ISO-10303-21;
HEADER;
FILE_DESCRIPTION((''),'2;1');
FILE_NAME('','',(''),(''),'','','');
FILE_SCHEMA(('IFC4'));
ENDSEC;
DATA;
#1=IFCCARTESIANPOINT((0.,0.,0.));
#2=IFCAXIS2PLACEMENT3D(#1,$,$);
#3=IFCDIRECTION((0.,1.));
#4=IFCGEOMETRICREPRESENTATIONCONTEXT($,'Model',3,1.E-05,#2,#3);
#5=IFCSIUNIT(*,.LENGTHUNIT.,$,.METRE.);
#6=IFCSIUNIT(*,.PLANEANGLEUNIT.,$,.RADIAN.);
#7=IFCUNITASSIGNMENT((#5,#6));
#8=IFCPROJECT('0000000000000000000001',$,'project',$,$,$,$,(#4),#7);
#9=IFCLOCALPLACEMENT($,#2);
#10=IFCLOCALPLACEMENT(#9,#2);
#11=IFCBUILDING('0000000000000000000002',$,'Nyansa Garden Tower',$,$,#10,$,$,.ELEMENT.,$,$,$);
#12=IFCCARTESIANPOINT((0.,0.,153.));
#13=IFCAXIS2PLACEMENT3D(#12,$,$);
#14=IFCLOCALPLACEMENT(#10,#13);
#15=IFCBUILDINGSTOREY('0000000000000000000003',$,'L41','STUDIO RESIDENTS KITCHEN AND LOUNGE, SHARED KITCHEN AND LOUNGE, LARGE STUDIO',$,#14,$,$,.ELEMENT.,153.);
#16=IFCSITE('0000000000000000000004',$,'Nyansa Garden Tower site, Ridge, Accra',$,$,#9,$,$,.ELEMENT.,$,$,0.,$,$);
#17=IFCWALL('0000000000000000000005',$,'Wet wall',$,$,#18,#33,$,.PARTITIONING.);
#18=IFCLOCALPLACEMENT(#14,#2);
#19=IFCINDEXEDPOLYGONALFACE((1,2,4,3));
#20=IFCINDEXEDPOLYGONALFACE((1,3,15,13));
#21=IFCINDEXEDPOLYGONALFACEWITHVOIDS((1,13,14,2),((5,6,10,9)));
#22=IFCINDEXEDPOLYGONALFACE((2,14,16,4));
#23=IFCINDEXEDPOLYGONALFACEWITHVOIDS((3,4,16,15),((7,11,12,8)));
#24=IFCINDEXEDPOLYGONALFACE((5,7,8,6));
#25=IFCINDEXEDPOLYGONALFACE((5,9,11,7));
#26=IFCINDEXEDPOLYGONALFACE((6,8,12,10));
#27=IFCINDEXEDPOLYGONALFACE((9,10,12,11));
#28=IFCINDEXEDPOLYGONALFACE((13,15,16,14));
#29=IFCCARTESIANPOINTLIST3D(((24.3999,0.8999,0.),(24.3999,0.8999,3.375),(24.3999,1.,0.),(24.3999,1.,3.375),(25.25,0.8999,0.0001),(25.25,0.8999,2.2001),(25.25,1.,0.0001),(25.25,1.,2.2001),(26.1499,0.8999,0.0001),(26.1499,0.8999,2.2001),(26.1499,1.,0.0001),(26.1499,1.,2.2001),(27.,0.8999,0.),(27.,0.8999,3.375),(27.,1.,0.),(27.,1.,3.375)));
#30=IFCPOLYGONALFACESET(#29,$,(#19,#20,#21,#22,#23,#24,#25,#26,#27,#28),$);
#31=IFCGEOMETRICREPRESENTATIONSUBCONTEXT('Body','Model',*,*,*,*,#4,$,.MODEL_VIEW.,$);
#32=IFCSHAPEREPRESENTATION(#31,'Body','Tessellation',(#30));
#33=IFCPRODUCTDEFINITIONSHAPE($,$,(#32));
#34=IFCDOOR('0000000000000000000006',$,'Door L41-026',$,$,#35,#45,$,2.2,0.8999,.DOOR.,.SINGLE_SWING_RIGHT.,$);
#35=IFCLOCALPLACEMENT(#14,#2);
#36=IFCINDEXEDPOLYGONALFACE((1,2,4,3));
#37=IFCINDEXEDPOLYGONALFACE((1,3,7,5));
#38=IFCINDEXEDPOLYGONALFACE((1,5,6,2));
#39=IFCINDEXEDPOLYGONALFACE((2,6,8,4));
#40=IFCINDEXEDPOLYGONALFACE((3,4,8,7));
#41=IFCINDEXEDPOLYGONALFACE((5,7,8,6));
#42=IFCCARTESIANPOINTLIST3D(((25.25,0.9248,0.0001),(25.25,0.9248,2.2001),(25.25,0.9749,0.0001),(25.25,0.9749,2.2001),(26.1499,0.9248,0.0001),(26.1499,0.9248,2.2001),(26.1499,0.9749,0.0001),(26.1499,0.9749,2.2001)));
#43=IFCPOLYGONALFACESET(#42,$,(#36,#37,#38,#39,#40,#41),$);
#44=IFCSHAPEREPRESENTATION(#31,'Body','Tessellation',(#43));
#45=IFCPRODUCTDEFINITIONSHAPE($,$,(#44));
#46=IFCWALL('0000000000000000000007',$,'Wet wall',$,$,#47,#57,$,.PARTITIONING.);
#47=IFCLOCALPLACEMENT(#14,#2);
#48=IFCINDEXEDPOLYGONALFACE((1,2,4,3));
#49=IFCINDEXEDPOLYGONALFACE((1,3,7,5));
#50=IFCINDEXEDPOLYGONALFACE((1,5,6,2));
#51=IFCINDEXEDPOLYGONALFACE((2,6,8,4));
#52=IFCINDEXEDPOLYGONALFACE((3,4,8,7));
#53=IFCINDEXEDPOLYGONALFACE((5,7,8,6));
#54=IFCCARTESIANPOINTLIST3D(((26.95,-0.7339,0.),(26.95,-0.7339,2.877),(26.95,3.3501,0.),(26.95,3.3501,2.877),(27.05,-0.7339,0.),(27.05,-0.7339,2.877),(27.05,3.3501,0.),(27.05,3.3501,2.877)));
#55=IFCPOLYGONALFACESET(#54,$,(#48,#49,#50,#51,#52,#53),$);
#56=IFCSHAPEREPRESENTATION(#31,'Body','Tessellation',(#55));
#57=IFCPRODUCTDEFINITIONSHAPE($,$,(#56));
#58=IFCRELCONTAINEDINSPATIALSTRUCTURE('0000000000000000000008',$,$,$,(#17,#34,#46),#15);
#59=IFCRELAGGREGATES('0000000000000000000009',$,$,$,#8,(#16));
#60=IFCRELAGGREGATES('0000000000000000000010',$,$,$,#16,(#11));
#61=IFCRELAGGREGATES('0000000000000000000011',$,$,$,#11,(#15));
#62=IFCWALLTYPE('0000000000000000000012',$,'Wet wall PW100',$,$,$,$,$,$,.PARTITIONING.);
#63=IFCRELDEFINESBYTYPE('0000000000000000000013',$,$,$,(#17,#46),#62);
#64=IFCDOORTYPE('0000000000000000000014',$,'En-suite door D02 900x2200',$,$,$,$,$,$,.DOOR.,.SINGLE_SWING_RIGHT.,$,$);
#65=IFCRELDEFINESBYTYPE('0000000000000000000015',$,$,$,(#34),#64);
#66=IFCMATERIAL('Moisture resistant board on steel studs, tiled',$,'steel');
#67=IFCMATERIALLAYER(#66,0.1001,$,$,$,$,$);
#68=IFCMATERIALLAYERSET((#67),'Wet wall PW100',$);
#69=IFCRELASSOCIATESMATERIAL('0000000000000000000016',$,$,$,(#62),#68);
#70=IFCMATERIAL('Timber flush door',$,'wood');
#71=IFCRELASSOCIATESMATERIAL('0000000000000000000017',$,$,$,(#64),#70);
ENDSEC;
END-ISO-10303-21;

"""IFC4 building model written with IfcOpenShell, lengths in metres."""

from ifc_helpers import new_model, si_unit, direction, frame, frame_2d, origin, place, context, subcontext, project, spatial, rectangle, extrude, material, layer, layer_set, type_object, element, fill, save


model = new_model("IFC4")

# Units and contexts
model_context = context("Model", 3, precision=1e-05, world=origin(), true_north=direction((0.0, 1.0)))
body_context = subcontext(model_context, "Body", "Model", "MODEL_VIEW")
ifc_project = project(units=[si_unit("LENGTHUNIT", "METRE"), si_unit("PLANEANGLEUNIT", "RADIAN")], contexts=[model_context])

# Site, building, storey
site_placement = place(None, origin())
site = spatial("IfcSite", under=ifc_project, at=site_placement, Name="Nyansa Garden Tower site, Ridge, Accra", CompositionType="ELEMENT", RefElevation=0.0)
building_placement = place(site_placement, origin())
building = spatial("IfcBuilding", under=site, at=building_placement, Name="Nyansa Garden Tower", CompositionType="ELEMENT")
storey_placement = place(building_placement, frame((0.0, 0.0, 153.0)))
storey = spatial("IfcBuildingStorey", under=building, at=storey_placement, Name="L41", Description="STUDIO RESIDENTS KITCHEN AND LOUNGE, SHARED KITCHEN AND LOUNGE, LARGE STUDIO", CompositionType="ELEMENT", Elevation=153.0)

# Shared definitions
ifc_material_1 = material(Name="Moisture resistant board on steel studs, tiled", Category="steel")
ifc_layer_1 = layer(ifc_material_1, 0.1001)
ifc_layer_set_1 = layer_set([ifc_layer_1], Name="Wet wall PW100")
wall_type_1 = type_object("IfcWallType", Name="Wet wall PW100", PredefinedType="PARTITIONING", material=ifc_layer_set_1)
ifc_material_2 = material(Name="Timber flush door", Category="wood")
door_type = type_object("IfcDoorType", Name="En-suite door D02 900x2200", OperationType="SINGLE_SWING_RIGHT", PredefinedType="DOOR", material=ifc_material_2)

# Wall, opening, door
wall_1_placement = place(storey_placement, frame((24.3999, 0.95, 0.0), z_axis=(0.0, 0.0, 1.0), x_axis=(1.0, 0.0, 0.0)))
wall_1 = element("IfcWall", 1, at=wall_1_placement, inside=storey, type_object=wall_type_1, Name="Wet wall", PredefinedType="PARTITIONING", context=body_context, shape_type="SweptSolid", body=[
    extrude(rectangle(XDim=2.6001, YDim=0.1001, at=frame_2d((1.3, 0.0))), origin(), (0.0, 0.0, 1.0), 3.375),
])
opening_1_placement = place(wall_1_placement, frame((0.8501, 0.0, 0.0)))
opening_1 = element("IfcOpeningElement", 2, at=opening_1_placement, cuts=wall_1, PredefinedType="OPENING", context=body_context, shape_type="SweptSolid", body=[
    extrude(rectangle(XDim=0.8999, YDim=2.2, at=frame_2d((0.45, 1.1001))), frame((0.0, 0.0601, 0.0), z_axis=(0.0, -1.0, 0.0), x_axis=(1.0, 0.0, 0.0)), (0.0, 0.0, 1.0), 0.1201),
])
door_1_placement = place(opening_1_placement, origin())
door_1 = element("IfcDoor", 3, at=door_1_placement, inside=storey, type_object=door_type, Name="Door L41-026", OperationType="SINGLE_SWING_RIGHT", OverallHeight=2.2, OverallWidth=0.8999, PredefinedType="DOOR", context=body_context, shape_type="SweptSolid", body=[
    extrude(rectangle(XDim=0.8999, YDim=2.2, at=frame_2d((0.45, 1.1001))), frame((0.0, 0.0249, 0.0), z_axis=(0.0, -1.0, 0.0), x_axis=(1.0, 0.0, 0.0)), (0.0, 0.0, 1.0), 0.05),
])
fill(opening_1, door_1)

# Wall
wall_2_placement = place(storey_placement, frame((27.0, -0.7339, 0.0), z_axis=(0.0, 0.0, 1.0), x_axis=(0.0, 1.0, 0.0)))
element("IfcWall", 4, at=wall_2_placement, inside=storey, type_object=wall_type_1, Name="Wet wall", PredefinedType="PARTITIONING", context=body_context, shape_type="SweptSolid", body=[
    extrude(rectangle(XDim=4.084, YDim=0.1001, at=frame_2d((2.042, 0.0))), origin(), (0.0, 0.0, 1.0), 2.877),
])

save(model, "model.ifc")
